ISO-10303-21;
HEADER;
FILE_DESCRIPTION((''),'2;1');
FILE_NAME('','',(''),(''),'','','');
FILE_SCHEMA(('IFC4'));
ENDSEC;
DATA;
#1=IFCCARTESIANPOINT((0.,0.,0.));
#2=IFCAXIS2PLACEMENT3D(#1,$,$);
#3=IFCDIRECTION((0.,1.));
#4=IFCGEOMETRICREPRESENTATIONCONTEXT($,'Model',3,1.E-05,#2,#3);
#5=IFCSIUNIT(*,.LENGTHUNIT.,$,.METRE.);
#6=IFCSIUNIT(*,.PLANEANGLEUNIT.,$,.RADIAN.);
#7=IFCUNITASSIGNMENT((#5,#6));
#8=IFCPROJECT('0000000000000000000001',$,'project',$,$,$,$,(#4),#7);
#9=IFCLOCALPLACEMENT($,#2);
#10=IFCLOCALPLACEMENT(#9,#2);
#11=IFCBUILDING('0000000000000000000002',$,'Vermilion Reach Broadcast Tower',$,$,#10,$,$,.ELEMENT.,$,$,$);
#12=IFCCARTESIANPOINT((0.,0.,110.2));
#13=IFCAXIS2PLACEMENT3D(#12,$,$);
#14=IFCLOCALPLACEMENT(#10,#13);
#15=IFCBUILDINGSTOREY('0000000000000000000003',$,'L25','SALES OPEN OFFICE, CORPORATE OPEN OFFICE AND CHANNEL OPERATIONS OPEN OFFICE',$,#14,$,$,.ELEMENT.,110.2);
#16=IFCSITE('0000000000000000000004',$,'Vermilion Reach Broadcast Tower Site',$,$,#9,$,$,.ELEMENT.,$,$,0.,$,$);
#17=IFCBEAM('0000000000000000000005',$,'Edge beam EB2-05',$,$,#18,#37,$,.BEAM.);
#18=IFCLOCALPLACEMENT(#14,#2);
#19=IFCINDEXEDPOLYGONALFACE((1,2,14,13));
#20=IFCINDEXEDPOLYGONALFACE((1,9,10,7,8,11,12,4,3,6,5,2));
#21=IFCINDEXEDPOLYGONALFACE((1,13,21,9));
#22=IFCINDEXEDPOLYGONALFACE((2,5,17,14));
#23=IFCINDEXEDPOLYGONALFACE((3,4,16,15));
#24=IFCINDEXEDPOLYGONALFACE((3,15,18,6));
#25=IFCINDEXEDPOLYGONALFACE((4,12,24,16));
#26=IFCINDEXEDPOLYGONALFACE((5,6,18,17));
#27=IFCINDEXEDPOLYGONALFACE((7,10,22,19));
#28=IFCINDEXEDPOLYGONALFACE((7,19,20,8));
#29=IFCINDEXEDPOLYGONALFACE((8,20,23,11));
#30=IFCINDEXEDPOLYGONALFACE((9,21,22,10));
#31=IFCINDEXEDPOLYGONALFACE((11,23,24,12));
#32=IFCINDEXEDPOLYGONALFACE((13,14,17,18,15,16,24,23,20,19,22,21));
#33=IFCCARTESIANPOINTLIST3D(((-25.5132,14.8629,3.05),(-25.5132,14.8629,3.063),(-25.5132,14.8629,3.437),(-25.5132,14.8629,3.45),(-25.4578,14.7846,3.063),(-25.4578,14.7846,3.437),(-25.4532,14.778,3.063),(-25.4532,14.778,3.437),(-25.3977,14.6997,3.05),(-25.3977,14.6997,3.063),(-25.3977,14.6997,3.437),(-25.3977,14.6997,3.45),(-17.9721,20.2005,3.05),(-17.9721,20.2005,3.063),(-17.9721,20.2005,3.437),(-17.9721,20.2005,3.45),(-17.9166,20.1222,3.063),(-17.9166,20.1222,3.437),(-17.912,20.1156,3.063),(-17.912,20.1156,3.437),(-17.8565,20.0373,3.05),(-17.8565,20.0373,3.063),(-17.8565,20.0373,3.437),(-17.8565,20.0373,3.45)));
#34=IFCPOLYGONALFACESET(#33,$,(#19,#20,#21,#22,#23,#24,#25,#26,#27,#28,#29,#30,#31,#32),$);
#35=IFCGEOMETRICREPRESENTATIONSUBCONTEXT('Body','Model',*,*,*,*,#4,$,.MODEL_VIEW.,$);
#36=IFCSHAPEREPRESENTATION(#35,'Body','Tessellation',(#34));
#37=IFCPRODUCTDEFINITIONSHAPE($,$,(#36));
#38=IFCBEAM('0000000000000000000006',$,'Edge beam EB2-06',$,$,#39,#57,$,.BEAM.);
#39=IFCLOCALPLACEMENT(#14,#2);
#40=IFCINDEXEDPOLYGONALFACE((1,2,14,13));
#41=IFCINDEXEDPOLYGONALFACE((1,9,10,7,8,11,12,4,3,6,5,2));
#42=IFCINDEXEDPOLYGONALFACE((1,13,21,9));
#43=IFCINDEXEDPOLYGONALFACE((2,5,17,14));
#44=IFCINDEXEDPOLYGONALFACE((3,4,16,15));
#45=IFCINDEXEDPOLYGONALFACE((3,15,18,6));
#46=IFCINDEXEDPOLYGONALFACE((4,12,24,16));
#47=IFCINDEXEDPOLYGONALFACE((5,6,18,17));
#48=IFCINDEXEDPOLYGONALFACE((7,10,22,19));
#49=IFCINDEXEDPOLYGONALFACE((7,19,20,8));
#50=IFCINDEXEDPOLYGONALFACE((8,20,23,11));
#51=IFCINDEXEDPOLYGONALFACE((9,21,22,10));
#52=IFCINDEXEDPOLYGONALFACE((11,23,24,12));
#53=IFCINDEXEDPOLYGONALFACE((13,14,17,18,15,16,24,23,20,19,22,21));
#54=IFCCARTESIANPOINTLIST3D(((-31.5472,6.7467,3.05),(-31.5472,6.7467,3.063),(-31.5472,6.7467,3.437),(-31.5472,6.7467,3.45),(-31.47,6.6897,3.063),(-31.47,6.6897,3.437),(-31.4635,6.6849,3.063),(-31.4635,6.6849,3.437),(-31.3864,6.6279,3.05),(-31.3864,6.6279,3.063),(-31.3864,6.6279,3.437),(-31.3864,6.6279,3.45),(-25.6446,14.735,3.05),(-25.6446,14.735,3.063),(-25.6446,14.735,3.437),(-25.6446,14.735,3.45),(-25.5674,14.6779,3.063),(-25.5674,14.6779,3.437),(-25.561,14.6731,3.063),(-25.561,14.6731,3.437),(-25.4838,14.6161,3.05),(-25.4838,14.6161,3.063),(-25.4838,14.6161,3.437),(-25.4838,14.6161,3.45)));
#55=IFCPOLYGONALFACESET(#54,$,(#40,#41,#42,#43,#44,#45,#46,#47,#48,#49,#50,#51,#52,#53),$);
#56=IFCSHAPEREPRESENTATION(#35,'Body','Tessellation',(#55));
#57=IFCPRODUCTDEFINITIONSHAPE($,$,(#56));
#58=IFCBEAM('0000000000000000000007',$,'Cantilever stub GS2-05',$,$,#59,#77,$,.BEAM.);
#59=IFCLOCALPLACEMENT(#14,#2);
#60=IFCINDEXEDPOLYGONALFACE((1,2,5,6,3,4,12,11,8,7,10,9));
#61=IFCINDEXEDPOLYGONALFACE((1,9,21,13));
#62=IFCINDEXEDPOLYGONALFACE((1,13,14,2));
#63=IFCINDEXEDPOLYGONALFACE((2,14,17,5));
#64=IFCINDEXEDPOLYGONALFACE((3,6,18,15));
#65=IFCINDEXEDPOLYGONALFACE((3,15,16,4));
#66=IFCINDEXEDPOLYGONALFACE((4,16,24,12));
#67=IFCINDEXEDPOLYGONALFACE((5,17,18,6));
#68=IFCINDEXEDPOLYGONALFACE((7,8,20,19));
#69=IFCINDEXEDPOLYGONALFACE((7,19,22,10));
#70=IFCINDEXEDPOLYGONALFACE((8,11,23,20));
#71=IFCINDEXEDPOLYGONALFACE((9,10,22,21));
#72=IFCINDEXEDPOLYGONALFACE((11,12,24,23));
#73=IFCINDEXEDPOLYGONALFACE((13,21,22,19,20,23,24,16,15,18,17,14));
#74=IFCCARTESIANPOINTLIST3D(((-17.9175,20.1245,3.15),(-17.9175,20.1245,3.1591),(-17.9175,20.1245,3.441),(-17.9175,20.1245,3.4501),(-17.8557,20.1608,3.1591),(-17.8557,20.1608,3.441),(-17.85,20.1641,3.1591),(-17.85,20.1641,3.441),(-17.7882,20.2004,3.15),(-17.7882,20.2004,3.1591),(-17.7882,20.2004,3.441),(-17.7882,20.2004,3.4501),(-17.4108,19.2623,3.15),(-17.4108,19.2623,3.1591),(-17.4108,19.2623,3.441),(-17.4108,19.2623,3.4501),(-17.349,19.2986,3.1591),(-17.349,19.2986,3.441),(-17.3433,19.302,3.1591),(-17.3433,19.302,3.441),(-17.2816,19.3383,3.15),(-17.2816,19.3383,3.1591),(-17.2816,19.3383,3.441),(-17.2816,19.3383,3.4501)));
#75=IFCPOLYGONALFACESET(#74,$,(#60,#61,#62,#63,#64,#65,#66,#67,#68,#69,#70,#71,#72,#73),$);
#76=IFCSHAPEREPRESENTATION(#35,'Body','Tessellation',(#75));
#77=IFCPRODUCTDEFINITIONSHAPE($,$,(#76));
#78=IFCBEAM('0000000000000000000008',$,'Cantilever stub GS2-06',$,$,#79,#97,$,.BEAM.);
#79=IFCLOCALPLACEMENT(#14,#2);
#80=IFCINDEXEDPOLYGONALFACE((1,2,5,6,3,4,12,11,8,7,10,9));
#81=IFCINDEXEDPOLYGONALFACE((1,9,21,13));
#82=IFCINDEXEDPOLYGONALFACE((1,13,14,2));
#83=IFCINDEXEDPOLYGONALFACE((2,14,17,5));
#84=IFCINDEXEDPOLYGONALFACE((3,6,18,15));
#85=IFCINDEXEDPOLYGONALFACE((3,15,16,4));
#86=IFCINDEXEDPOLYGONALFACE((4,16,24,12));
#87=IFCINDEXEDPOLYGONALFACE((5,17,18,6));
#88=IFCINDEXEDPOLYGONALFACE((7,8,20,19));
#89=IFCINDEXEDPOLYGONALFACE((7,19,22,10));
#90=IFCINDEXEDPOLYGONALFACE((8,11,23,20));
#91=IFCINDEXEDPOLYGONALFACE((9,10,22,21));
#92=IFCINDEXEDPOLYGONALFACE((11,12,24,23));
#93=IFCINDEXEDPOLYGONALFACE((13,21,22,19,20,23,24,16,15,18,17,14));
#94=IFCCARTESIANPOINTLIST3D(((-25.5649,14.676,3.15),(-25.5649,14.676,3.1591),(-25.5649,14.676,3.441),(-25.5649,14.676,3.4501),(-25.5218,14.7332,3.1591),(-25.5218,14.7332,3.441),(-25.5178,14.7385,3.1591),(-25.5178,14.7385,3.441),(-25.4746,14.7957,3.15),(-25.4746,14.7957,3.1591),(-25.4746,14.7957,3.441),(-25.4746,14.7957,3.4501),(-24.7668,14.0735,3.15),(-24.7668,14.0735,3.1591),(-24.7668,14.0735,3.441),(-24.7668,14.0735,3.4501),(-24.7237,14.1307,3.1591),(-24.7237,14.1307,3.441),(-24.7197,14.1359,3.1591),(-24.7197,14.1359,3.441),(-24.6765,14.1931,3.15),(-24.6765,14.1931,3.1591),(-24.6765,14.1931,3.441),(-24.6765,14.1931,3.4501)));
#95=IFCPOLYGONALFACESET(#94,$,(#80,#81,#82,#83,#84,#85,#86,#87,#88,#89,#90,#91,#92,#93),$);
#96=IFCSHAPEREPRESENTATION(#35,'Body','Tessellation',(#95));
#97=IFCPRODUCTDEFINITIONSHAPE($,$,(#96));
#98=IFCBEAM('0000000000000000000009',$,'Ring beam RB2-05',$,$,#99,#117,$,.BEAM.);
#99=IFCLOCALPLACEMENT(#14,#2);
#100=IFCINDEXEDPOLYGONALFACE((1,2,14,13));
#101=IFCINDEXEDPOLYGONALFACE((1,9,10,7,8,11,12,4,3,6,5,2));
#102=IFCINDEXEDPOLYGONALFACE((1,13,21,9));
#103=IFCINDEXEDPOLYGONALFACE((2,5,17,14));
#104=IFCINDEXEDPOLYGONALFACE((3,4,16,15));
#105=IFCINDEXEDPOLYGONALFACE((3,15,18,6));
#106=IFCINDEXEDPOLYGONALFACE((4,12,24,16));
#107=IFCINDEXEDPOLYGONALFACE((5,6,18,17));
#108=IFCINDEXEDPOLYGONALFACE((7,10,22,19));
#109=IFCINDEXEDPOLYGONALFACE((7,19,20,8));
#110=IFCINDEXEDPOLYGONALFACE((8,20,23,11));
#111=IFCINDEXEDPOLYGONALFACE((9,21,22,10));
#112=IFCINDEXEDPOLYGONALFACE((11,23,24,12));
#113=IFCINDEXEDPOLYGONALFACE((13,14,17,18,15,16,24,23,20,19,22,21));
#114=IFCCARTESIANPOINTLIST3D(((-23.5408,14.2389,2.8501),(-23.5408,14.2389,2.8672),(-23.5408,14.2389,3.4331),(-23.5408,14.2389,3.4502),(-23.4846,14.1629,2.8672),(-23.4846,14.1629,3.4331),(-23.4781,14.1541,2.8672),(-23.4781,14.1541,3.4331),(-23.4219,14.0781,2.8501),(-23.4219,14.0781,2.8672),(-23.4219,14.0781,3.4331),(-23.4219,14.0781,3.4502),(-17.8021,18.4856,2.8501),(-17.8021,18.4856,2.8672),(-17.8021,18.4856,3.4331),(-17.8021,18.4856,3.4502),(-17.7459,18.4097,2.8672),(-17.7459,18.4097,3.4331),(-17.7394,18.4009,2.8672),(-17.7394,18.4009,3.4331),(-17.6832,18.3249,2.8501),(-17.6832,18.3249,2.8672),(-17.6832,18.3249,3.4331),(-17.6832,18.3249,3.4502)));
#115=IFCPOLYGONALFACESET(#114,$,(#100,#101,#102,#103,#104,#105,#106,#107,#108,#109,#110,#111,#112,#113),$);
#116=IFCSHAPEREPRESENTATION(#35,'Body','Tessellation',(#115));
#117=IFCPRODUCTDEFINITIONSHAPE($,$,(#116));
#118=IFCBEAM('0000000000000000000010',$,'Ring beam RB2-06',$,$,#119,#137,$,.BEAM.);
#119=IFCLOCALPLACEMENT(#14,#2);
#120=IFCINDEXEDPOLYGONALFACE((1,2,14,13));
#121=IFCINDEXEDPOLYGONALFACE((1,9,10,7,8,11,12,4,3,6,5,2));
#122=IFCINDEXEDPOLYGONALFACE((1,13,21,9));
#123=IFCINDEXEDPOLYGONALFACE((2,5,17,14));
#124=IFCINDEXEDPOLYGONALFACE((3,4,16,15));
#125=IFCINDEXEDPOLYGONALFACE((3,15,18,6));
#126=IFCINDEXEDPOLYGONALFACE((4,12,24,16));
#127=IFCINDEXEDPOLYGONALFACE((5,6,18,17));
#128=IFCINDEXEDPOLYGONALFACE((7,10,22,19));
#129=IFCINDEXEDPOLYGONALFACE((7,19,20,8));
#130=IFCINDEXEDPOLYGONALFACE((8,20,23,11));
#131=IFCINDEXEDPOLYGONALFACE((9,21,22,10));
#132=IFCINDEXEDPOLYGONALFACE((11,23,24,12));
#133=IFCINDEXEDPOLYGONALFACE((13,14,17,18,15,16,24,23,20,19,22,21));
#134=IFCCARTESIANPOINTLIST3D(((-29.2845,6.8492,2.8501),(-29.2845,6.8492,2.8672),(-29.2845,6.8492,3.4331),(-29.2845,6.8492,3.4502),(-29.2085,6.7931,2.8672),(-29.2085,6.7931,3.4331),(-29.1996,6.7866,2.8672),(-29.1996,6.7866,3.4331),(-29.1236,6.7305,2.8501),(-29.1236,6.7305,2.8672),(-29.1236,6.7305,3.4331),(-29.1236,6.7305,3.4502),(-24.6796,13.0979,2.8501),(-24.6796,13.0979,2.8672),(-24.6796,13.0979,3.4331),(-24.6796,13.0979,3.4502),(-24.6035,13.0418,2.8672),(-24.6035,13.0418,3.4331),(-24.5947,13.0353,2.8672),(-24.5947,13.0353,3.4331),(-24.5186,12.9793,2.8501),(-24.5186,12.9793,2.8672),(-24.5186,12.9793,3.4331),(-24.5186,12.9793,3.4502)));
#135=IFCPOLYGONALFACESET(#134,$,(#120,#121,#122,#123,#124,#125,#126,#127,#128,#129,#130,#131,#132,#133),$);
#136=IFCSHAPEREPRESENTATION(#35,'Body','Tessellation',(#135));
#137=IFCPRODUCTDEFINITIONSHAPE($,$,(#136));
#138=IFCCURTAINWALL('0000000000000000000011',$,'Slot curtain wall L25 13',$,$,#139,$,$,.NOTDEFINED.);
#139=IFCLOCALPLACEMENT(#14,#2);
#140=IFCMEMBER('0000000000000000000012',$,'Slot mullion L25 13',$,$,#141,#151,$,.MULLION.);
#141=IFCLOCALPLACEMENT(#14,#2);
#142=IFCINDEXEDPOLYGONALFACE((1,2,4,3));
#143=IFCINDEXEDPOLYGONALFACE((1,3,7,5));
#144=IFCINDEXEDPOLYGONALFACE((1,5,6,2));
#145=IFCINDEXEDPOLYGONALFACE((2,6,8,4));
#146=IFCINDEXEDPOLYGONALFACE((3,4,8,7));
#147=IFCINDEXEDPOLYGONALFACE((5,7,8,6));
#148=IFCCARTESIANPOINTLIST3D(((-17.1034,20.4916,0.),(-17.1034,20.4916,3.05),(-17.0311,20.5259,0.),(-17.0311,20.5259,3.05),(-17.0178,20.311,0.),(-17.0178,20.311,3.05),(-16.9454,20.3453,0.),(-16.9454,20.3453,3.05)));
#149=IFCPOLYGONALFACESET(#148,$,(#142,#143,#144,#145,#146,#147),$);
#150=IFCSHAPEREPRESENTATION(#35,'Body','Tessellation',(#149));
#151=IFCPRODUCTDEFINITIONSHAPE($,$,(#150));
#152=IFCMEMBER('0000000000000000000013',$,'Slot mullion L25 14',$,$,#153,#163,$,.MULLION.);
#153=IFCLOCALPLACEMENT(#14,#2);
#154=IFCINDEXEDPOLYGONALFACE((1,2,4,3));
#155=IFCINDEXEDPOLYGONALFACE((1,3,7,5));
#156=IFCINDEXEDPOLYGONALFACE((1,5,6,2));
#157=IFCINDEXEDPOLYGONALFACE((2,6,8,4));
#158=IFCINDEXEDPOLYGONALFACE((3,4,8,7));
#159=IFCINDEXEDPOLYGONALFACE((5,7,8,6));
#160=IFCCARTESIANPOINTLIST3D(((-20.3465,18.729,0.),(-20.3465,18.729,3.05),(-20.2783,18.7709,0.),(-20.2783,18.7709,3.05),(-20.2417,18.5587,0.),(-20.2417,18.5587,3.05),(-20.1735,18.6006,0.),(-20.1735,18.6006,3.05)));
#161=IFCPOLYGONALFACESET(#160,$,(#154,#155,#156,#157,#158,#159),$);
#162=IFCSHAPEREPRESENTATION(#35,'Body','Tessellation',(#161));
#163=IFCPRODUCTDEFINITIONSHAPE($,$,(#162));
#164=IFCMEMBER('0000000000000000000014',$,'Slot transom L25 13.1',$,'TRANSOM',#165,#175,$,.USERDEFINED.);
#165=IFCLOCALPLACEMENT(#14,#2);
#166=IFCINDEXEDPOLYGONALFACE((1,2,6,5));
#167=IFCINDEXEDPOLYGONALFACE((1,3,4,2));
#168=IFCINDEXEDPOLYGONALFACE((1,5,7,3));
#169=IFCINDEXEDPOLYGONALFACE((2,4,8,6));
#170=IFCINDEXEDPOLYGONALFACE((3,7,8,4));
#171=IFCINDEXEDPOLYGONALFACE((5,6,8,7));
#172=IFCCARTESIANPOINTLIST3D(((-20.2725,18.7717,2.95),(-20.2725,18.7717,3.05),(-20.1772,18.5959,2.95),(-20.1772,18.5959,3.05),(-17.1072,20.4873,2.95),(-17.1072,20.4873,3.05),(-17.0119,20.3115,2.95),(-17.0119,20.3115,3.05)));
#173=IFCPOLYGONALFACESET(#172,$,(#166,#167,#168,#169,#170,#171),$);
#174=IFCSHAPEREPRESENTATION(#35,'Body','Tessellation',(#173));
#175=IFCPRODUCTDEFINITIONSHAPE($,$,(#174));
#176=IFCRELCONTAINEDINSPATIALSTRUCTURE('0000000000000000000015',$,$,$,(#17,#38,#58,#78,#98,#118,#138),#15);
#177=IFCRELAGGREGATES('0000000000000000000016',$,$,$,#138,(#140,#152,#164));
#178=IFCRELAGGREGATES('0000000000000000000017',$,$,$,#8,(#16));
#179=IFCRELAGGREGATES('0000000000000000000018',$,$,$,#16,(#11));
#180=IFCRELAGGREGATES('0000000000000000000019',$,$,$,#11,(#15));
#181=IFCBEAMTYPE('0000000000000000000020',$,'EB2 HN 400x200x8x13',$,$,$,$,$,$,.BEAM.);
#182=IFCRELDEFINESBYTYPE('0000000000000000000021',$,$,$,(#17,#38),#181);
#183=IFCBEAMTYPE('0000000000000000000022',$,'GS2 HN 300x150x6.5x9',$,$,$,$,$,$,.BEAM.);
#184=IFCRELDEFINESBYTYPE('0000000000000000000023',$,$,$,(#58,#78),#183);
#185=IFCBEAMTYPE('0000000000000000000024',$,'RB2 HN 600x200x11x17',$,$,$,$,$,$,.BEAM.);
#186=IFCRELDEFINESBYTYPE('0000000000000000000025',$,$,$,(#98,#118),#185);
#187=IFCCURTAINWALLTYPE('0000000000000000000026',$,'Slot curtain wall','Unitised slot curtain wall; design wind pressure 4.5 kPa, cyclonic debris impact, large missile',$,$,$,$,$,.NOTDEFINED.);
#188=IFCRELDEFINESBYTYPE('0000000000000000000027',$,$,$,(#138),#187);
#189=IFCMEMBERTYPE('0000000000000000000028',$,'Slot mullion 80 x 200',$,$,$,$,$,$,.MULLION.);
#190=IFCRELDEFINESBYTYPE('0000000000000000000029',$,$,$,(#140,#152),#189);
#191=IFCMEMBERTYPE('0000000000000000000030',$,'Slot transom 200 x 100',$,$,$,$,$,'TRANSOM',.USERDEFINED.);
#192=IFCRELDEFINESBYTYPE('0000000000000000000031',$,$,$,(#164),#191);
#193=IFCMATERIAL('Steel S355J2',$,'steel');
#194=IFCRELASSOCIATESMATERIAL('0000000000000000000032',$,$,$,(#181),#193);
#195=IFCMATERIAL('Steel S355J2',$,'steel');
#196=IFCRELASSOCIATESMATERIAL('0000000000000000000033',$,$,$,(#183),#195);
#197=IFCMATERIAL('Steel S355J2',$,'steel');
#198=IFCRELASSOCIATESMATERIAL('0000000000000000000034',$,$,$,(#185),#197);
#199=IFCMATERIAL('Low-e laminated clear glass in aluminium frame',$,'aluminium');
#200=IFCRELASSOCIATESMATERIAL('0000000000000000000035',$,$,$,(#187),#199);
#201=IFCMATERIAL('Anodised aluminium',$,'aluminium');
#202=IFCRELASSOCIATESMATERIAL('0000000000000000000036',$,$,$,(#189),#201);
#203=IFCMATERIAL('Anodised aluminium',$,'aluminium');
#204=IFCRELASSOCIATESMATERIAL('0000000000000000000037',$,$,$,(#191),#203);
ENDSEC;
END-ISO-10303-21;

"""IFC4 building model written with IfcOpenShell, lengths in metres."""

from ifc_helpers import new_model, si_unit, direction, frame, origin, origin_2d, place, context, subcontext, project, spatial, rectangle, i_section, extrude, material, material_profile, profile_set, type_object, element, aggregate, save


model = new_model("IFC4")

# Units and contexts
model_context = context("Model", 3, precision=1e-05, world=origin(), true_north=direction((0.0, 1.0)))
body_context = subcontext(model_context, "Body", "Model", "MODEL_VIEW")
ifc_project = project(units=[si_unit("LENGTHUNIT", "METRE"), si_unit("PLANEANGLEUNIT", "RADIAN")], contexts=[model_context])

# Site, building, storey
site_placement = place(None, origin())
site = spatial("IfcSite", under=ifc_project, at=site_placement, Name="Vermilion Reach Broadcast Tower Site", CompositionType="ELEMENT", RefElevation=0.0)
building_placement = place(site_placement, origin())
building = spatial("IfcBuilding", under=site, at=building_placement, Name="Vermilion Reach Broadcast Tower", CompositionType="ELEMENT")
storey_placement = place(building_placement, frame((0.0, 0.0, 110.2)))
storey = spatial("IfcBuildingStorey", under=building, at=storey_placement, Name="L25", Description="SALES OPEN OFFICE, CORPORATE OPEN OFFICE AND CHANNEL OPERATIONS OPEN OFFICE", CompositionType="ELEMENT", Elevation=110.2)

# Beams
ifc_material_1 = material(Name="Steel S355J2", Category="steel")
ifc_material_profile_1 = material_profile(ifc_material_1, i_section(OverallWidth=0.2, OverallDepth=0.3999, WebThickness=0.0081, FlangeThickness=0.0129, at=origin_2d()), Name="S355J2 HN 400x200x8x13")
ifc_profile_set_1 = profile_set([ifc_material_profile_1], Name="Steel S355J2")
beam_type_1 = type_object("IfcBeamType", Name="EB2 HN 400x200x8x13", PredefinedType="BEAM", material=ifc_profile_set_1)
beam_1_placement = place(storey_placement, frame((-17.9143, 20.1189, 3.25), z_axis=(-0.816233, -0.577723, 0.0), x_axis=(0.577723, -0.816233, 0.0)))
element("IfcBeam", 1, at=beam_1_placement, inside=storey, type_object=beam_type_1, Name="Edge beam EB2-05", PredefinedType="BEAM", context=body_context, shape_type="SweptSolid", body=[
    extrude(i_section(OverallWidth=0.2, OverallDepth=0.3999, WebThickness=0.0081, FlangeThickness=0.0129, at=origin_2d()), origin(), (0.0, 0.0, 1.0), 9.239),
])
beam_2_placement = place(storey_placement, frame((-25.5642, 14.6755, 3.25), z_axis=(-0.594274, -0.804262, 0.0), x_axis=(0.804262, -0.594274, 0.0)))
element("IfcBeam", 2, at=beam_2_placement, inside=storey, type_object=beam_type_1, Name="Edge beam EB2-06", PredefinedType="BEAM", context=body_context, shape_type="SweptSolid", body=[
    extrude(i_section(OverallWidth=0.2, OverallDepth=0.3999, WebThickness=0.0081, FlangeThickness=0.0129, at=origin_2d()), origin(), (0.0, 0.0, 1.0), 9.9324),
])
ifc_material_2 = material(Name="Steel S355J2", Category="steel")
ifc_material_profile_2 = material_profile(ifc_material_2, i_section(OverallWidth=0.1499, OverallDepth=0.3, WebThickness=0.0066, FlangeThickness=0.009, at=origin_2d()), Name="S355J2 HN 300x150x6.5x9")
ifc_profile_set_2 = profile_set([ifc_material_profile_2], Name="Steel S355J2")
beam_type_2 = type_object("IfcBeamType", Name="GS2 HN 300x150x6.5x9", PredefinedType="BEAM", material=ifc_profile_set_2)
for number, where, z_axis, x_axis, name in (
    (3, (-17.3462, 19.3003, 3.3), (-0.506647, 0.862154, 0.0), (-0.862154, -0.506647, 0.0), "Cantilever stub GS2-05"),
    (4, (-24.7217, 14.1333, 3.3), (-0.798092, 0.602536, 0.0), (-0.602536, -0.798092, 0.0), "Cantilever stub GS2-06"),
):
    element("IfcBeam", number, at=place(storey_placement, frame(where, z_axis=z_axis, x_axis=x_axis)), inside=storey, type_object=beam_type_2, Name=name, PredefinedType="BEAM", context=body_context, shape_type="SweptSolid", body=[
        extrude(i_section(OverallWidth=0.1499, OverallDepth=0.3, WebThickness=0.0066, FlangeThickness=0.009, at=origin_2d()), origin(), (0.0, 0.0, 1.0), 1.0),
    ])
ifc_material_3 = material(Name="Steel S355J2", Category="steel")
ifc_material_profile_3 = material_profile(ifc_material_3, i_section(OverallWidth=0.2, OverallDepth=0.6001, WebThickness=0.011, FlangeThickness=0.0171, at=origin_2d()), Name="S355J2 HN 600x200x11x17")
ifc_profile_set_3 = profile_set([ifc_material_profile_3], Name="Steel S355J2")
beam_type_3 = type_object("IfcBeamType", Name="RB2 HN 600x200x11x17", PredefinedType="BEAM", material=ifc_profile_set_3)
beam_3_placement = place(storey_placement, frame((-17.7427, 18.4053, 3.1501), z_axis=(-0.803833, -0.594855, 0.0), x_axis=(0.594855, -0.803833, 0.0)))
element("IfcBeam", 5, at=beam_3_placement, inside=storey, type_object=beam_type_3, Name="Ring beam RB2-05", PredefinedType="BEAM", context=body_context, shape_type="SweptSolid", body=[
    extrude(i_section(OverallWidth=0.2, OverallDepth=0.6001, WebThickness=0.011, FlangeThickness=0.0171, at=origin_2d()), origin(), (0.0, 0.0, 1.0), 7.1392),
])
beam_4_placement = place(storey_placement, frame((-24.5991, 13.0386, 3.1501), z_axis=(-0.593251, -0.805018, 0.0), x_axis=(0.805018, -0.593251, 0.0)))
element("IfcBeam", 6, at=beam_4_placement, inside=storey, type_object=beam_type_3, Name="Ring beam RB2-06", PredefinedType="BEAM", context=body_context, shape_type="SweptSolid", body=[
    extrude(i_section(OverallWidth=0.2, OverallDepth=0.6001, WebThickness=0.011, FlangeThickness=0.0171, at=origin_2d()), origin(), (0.0, 0.0, 1.0), 7.7622),
])

# Curtain wall, members
ifc_material_4 = material(Name="Low-e laminated clear glass in aluminium frame", Category="aluminium")
curtain_wall_type = type_object("IfcCurtainWallType", Name="Slot curtain wall", Description="Unitised slot curtain wall; design wind pressure 4.5 kPa, cyclonic debris impact, large missile", PredefinedType="NOTDEFINED", material=ifc_material_4)
placement = place(storey_placement, origin())
curtain_wall_1 = element("IfcCurtainWall", 7, at=placement, inside=storey, type_object=curtain_wall_type, Name="Slot curtain wall L25 13", PredefinedType="NOTDEFINED")
ifc_material_5 = material(Name="Anodised aluminium", Category="aluminium")
ifc_material_profile_4 = material_profile(ifc_material_5, rectangle(XDim=0.2, YDim=0.0801, at=origin_2d()), Name="Slot mullion 80 x 200")
ifc_profile_set_4 = profile_set([ifc_material_profile_4], Name="Anodised aluminium")
member_type_1 = type_object("IfcMemberType", Name="Slot mullion 80 x 200", PredefinedType="MULLION", material=ifc_profile_set_4)
member_1_placement = place(storey_placement, frame((-17.0244, 20.4185, 0.0), z_axis=(0.0, 0.0, 1.0), x_axis=(0.428398, -0.90359, 0.0)))
member_1 = element("IfcMember", 8, at=member_1_placement, type_object=member_type_1, Name="Slot mullion L25 13", PredefinedType="MULLION", context=body_context, shape_type="SweptSolid", body=[
    extrude(rectangle(XDim=0.2, YDim=0.0801, at=origin_2d()), origin(), (0.0, 0.0, 1.0), 3.05),
])
member_2_placement = place(storey_placement, frame((-20.26, 18.6648, 0.0), z_axis=(0.0, 0.0, 1.0), x_axis=(0.524001, -0.851718, 0.0)))
member_2 = element("IfcMember", 9, at=member_2_placement, type_object=member_type_1, Name="Slot mullion L25 14", PredefinedType="MULLION", context=body_context, shape_type="SweptSolid", body=[
    extrude(rectangle(XDim=0.2, YDim=0.0801, at=origin_2d()), origin(), (0.0, 0.0, 1.0), 3.05),
])
ifc_material_6 = material(Name="Anodised aluminium", Category="aluminium")
ifc_material_profile_5 = material_profile(ifc_material_6, rectangle(XDim=0.2, YDim=0.1001, at=origin_2d()), Name="Slot transom 200 x 100")
ifc_profile_set_5 = profile_set([ifc_material_profile_5], Name="Anodised aluminium")
member_type_2 = type_object("IfcMemberType", Name="Slot transom 200 x 100", ElementType="TRANSOM", PredefinedType="USERDEFINED", material=ifc_profile_set_5)
member_3_placement = place(storey_placement, frame((-17.0596, 20.3994, 3.0), z_axis=(-0.87917, -0.476508, 0.0), x_axis=(0.476508, -0.87917, 0.0)))
member_3 = element("IfcMember", 10, at=member_3_placement, type_object=member_type_2, Name="Slot transom L25 13.1", ObjectType="TRANSOM", PredefinedType="USERDEFINED", context=body_context, shape_type="SweptSolid", body=[
    extrude(rectangle(XDim=0.2, YDim=0.1001, at=origin_2d()), origin(), (0.0, 0.0, 1.0), 3.6003),
])

aggregate(curtain_wall_1, [member_1, member_2, member_3])

save(model, "model.ifc")
